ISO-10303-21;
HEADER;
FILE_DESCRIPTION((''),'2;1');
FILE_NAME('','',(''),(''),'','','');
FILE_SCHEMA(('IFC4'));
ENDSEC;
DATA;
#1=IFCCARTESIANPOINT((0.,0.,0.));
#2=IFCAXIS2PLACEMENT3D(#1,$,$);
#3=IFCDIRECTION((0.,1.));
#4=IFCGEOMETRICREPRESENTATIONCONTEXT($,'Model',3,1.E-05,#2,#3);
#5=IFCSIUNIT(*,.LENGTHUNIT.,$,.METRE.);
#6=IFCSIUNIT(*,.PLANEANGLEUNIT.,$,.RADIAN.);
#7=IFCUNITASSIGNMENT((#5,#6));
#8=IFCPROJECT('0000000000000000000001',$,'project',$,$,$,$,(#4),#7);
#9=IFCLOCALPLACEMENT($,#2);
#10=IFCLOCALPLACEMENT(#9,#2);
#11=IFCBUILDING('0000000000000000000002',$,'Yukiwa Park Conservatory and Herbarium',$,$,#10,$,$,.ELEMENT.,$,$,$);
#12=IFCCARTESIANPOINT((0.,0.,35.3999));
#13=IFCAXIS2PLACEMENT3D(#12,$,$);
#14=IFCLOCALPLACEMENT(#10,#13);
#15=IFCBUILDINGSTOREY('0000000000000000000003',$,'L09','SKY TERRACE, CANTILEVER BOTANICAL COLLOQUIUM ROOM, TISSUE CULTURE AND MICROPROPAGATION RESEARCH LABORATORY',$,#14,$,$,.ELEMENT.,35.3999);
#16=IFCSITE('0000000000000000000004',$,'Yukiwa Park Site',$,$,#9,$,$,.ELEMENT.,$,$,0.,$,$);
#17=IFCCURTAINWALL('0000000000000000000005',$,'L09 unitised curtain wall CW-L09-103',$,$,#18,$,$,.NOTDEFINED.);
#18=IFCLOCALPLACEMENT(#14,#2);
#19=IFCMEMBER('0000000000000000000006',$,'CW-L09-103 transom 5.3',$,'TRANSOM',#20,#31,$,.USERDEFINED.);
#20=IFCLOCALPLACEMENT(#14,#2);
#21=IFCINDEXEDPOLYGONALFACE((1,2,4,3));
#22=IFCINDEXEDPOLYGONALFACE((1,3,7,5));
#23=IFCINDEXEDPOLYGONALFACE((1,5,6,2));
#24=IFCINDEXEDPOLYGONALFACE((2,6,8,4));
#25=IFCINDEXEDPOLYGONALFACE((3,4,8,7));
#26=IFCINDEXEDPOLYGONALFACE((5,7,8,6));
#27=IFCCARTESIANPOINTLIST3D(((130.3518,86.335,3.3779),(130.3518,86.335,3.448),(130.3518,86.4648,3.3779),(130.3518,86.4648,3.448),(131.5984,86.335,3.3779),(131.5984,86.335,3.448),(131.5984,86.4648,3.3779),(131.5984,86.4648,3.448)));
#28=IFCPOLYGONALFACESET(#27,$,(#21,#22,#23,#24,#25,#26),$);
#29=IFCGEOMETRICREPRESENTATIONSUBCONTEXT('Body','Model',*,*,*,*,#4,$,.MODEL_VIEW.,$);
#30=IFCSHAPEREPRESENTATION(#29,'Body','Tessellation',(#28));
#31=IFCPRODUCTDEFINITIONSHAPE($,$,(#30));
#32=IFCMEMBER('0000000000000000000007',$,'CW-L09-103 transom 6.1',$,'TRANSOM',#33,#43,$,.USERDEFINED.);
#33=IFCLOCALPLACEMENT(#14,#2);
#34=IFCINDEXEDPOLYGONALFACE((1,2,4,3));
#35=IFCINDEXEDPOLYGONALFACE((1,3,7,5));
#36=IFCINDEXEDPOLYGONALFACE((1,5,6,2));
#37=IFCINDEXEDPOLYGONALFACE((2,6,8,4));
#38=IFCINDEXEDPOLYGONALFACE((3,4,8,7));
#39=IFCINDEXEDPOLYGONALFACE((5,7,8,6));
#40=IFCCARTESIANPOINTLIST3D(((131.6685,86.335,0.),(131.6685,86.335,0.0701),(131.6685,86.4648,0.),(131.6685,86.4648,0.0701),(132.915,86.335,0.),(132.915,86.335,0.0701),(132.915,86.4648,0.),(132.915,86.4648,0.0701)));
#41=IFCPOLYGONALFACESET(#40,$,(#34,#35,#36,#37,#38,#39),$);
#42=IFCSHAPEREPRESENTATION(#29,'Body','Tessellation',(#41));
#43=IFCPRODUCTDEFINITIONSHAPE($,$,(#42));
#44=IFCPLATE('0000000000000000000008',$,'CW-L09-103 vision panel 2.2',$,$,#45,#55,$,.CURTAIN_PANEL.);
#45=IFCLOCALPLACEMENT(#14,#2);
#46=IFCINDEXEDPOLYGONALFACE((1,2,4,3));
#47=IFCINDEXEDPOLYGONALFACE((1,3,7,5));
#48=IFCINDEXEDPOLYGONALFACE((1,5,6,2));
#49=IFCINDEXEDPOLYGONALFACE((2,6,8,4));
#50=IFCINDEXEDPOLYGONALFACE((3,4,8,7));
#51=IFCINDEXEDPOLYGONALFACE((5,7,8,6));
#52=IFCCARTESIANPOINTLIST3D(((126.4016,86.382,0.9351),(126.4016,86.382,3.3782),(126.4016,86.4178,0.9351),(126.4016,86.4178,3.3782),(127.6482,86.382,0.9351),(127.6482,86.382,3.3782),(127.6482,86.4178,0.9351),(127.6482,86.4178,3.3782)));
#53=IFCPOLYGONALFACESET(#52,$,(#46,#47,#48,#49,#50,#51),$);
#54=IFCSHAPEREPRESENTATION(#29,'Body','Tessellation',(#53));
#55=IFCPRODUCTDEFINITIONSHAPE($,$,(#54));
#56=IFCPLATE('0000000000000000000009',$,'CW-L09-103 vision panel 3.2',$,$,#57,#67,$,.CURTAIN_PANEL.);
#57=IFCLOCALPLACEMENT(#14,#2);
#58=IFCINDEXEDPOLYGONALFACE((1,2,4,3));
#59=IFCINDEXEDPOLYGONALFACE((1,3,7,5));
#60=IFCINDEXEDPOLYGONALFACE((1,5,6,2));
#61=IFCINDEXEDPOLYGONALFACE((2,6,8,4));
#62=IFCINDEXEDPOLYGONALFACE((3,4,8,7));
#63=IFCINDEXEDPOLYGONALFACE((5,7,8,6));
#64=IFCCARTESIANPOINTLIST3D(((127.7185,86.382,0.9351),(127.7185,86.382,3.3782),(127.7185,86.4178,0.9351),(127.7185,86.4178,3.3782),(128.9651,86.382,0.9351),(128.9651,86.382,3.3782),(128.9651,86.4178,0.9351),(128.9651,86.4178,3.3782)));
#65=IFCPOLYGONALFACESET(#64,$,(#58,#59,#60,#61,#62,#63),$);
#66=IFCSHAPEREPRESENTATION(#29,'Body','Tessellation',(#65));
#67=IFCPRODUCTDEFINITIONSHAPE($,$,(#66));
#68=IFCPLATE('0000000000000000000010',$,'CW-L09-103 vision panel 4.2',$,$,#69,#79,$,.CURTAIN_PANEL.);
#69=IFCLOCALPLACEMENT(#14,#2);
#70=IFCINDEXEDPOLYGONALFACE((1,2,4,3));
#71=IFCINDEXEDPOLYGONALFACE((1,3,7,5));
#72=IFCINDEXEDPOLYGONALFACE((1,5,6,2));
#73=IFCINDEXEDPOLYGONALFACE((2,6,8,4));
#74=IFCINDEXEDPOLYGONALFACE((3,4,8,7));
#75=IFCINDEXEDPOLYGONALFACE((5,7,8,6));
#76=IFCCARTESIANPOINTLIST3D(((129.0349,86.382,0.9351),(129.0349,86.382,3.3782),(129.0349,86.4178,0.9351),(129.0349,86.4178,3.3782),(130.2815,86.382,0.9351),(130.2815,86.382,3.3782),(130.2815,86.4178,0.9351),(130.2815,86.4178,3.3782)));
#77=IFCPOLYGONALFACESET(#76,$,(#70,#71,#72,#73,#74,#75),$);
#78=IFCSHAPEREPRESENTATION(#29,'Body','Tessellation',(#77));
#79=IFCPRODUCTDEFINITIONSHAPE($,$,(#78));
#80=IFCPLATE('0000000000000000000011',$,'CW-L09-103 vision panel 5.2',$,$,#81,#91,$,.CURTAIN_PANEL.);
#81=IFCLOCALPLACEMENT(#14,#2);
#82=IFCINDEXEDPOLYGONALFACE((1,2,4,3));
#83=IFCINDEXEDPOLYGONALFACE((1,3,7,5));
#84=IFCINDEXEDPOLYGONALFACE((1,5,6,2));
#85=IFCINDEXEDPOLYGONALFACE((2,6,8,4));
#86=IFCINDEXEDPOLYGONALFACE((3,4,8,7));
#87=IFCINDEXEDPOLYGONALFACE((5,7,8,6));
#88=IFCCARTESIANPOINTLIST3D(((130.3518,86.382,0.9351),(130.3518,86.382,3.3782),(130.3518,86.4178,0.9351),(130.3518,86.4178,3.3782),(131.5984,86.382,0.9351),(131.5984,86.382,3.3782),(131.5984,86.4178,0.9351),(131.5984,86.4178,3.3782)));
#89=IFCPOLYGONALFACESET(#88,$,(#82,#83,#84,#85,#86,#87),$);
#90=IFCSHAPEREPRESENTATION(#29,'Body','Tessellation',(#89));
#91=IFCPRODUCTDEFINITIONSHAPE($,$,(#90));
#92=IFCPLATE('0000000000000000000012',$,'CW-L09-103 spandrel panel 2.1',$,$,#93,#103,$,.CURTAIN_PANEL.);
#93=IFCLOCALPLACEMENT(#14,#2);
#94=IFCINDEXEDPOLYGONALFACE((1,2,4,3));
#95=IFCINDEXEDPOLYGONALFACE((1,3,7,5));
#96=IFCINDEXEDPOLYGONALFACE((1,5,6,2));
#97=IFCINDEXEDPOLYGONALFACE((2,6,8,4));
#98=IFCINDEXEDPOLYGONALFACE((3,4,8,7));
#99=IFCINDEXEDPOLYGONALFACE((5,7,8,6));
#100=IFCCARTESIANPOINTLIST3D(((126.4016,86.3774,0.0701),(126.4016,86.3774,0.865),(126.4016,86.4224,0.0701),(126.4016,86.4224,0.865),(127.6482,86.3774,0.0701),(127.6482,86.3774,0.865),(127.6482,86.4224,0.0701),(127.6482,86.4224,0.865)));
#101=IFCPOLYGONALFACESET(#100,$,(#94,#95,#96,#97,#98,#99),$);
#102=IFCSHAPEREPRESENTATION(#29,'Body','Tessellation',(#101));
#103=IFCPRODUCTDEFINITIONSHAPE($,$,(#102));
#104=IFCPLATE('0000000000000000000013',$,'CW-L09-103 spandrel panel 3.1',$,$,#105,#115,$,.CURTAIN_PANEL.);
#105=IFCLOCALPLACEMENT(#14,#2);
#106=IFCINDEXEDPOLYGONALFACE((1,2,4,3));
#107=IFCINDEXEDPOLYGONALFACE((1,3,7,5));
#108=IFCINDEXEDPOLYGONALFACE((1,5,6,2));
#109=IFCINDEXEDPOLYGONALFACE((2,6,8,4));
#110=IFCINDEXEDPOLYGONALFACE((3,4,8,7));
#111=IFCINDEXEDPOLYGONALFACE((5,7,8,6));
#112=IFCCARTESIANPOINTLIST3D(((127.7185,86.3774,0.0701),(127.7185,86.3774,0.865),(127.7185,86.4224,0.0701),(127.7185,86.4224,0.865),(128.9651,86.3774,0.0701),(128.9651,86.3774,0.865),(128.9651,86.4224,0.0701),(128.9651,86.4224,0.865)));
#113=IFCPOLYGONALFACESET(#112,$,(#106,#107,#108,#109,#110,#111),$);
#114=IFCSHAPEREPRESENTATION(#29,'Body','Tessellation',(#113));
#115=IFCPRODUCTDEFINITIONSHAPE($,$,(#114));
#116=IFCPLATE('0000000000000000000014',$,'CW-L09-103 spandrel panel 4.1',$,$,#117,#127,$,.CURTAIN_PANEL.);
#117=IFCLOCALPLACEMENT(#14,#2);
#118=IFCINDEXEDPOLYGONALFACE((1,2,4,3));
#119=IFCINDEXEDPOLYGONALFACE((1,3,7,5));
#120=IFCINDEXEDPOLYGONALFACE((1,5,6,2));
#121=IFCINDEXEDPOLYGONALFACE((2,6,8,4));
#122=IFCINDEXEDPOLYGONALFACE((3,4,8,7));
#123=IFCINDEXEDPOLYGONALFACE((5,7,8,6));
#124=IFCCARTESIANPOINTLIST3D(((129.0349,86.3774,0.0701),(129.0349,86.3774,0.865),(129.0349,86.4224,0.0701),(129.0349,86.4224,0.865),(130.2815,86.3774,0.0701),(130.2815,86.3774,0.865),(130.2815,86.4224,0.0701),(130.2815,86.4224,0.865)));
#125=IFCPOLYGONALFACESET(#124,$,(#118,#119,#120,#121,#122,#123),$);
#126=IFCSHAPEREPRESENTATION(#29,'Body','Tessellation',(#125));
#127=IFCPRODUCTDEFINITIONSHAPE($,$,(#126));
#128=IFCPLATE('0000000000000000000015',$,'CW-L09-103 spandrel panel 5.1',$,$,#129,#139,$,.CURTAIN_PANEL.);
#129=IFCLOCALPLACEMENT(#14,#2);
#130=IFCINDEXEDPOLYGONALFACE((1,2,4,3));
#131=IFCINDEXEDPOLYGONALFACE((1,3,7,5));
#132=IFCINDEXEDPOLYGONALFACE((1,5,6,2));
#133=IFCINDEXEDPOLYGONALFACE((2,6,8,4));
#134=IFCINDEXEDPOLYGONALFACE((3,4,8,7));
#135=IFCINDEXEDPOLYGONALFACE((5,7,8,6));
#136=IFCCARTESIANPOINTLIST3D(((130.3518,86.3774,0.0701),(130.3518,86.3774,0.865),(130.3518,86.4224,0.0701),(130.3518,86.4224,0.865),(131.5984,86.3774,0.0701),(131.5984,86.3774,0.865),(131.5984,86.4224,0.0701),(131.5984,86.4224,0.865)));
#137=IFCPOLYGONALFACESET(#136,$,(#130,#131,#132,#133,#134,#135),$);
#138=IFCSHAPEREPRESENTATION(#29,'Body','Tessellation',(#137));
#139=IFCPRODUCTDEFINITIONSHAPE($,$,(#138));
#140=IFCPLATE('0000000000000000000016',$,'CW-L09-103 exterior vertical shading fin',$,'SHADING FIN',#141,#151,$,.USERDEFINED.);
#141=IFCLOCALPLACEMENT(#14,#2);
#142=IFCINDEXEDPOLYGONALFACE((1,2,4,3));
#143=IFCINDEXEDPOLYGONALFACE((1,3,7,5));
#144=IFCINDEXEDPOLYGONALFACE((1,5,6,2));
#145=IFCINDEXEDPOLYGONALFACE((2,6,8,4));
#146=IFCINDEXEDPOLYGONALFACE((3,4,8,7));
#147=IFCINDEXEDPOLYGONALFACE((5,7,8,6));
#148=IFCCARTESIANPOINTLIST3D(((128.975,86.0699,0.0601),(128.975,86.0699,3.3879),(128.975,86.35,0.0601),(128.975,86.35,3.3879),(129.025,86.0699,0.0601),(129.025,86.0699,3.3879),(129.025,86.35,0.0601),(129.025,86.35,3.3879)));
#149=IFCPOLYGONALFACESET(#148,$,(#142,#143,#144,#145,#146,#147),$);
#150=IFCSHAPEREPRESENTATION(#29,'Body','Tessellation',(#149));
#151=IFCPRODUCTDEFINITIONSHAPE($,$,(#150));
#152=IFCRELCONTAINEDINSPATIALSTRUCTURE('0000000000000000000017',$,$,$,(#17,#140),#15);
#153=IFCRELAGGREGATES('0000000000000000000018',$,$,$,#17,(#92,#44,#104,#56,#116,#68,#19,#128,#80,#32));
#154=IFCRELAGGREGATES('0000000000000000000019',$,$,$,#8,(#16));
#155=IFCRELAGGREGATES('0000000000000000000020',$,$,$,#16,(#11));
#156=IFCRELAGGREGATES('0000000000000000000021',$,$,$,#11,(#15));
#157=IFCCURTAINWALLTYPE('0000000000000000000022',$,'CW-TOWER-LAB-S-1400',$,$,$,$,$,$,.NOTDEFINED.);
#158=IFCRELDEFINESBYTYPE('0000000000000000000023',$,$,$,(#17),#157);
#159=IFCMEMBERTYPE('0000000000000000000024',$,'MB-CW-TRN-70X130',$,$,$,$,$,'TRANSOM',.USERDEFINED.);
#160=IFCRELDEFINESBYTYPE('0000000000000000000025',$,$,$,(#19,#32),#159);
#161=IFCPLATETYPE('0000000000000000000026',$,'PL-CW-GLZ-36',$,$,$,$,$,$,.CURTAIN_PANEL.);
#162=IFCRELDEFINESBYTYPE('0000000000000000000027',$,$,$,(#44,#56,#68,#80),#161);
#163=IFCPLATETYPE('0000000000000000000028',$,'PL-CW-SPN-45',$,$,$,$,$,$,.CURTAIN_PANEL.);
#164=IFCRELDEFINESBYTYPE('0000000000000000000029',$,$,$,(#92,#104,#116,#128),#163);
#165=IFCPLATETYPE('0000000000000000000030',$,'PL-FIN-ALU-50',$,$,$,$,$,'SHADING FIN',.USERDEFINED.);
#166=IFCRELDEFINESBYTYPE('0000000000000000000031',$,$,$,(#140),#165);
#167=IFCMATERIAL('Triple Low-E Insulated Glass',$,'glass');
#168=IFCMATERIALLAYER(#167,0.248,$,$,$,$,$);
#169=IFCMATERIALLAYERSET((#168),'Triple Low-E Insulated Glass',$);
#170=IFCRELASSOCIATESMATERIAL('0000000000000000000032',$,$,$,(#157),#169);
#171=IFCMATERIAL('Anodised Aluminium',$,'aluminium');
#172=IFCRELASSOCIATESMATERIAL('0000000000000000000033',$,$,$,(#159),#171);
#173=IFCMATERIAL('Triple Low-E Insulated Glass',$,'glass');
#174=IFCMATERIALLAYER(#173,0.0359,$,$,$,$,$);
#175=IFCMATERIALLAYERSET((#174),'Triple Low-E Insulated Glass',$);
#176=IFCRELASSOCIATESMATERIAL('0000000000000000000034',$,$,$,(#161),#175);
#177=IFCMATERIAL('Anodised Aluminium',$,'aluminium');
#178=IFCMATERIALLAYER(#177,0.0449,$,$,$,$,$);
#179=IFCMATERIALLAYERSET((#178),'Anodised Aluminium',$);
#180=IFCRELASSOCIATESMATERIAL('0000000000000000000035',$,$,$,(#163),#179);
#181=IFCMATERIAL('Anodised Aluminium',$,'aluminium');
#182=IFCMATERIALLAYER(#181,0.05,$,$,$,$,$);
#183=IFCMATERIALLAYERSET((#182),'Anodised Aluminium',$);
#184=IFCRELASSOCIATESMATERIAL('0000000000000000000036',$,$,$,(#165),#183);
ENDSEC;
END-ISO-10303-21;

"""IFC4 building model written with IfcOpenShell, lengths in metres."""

from ifc_helpers import new_model, si_unit, direction, frame, origin, origin_2d, place, context, subcontext, project, spatial, rectangle, extrude, material, layer, layer_set, type_object, element, aggregate, save


model = new_model("IFC4")

# Units and contexts
model_context = context("Model", 3, precision=1e-05, world=origin(), true_north=direction((0.0, 1.0)))
body_context = subcontext(model_context, "Body", "Model", "MODEL_VIEW")
ifc_project = project(units=[si_unit("LENGTHUNIT", "METRE"), si_unit("PLANEANGLEUNIT", "RADIAN")], contexts=[model_context])

# Site, building, storey
site_placement = place(None, origin())
site = spatial("IfcSite", under=ifc_project, at=site_placement, Name="Yukiwa Park Site", CompositionType="ELEMENT", RefElevation=0.0)
building_placement = place(site_placement, origin())
building = spatial("IfcBuilding", under=site, at=building_placement, Name="Yukiwa Park Conservatory and Herbarium", CompositionType="ELEMENT")
storey_placement = place(building_placement, frame((0.0, 0.0, 35.3999)))
storey = spatial("IfcBuildingStorey", under=building, at=storey_placement, Name="L09", Description="SKY TERRACE, CANTILEVER BOTANICAL COLLOQUIUM ROOM, TISSUE CULTURE AND MICROPROPAGATION RESEARCH LABORATORY", CompositionType="ELEMENT", Elevation=35.3999)

# Curtain wall, members, plates
ifc_material_1 = material(Name="Triple Low-E Insulated Glass", Category="glass")
ifc_layer_1 = layer(ifc_material_1, 0.248)
ifc_layer_set_1 = layer_set([ifc_layer_1], Name="Triple Low-E Insulated Glass")
curtain_wall_type = type_object("IfcCurtainWallType", Name="CW-TOWER-LAB-S-1400", PredefinedType="NOTDEFINED", material=ifc_layer_set_1)
curtain_wall_placement = place(storey_placement, origin())
curtain_wall = element("IfcCurtainWall", 1, at=curtain_wall_placement, inside=storey, type_object=curtain_wall_type, Name="L09 unitised curtain wall CW-L09-103", PredefinedType="NOTDEFINED")
ifc_material_2 = material(Name="Anodised Aluminium", Category="aluminium")
member_type_1 = type_object("IfcMemberType", Name="MB-CW-TRN-70X130", ElementType="TRANSOM", PredefinedType="USERDEFINED", material=ifc_material_2)
member_1_placement = place(storey_placement, frame((130.9751, 86.3999, 3.3779), z_axis=(0.0, 0.0, 1.0), x_axis=(1.0, 0.0, 0.0)))
member_1 = element("IfcMember", 2, at=member_1_placement, type_object=member_type_1, Name="CW-L09-103 transom 5.3", ObjectType="TRANSOM", PredefinedType="USERDEFINED", context=body_context, shape_type="SweptSolid", body=[
    extrude(rectangle(XDim=1.2466, YDim=0.1299, at=origin_2d()), origin(), (0.0, 0.0, 1.0), 0.0701),
])
member_2_placement = place(storey_placement, frame((132.2917, 86.3999, 0.0), z_axis=(0.0, 0.0, 1.0), x_axis=(1.0, 0.0, 0.0)))
member_2 = element("IfcMember", 3, at=member_2_placement, type_object=member_type_1, Name="CW-L09-103 transom 6.1", ObjectType="TRANSOM", PredefinedType="USERDEFINED", context=body_context, shape_type="SweptSolid", body=[
    extrude(rectangle(XDim=1.2466, YDim=0.1299, at=origin_2d()), origin(), (0.0, 0.0, 1.0), 0.0701),
])
ifc_material_3 = material(Name="Triple Low-E Insulated Glass", Category="glass")
ifc_layer_2 = layer(ifc_material_3, 0.0359)
ifc_layer_set_2 = layer_set([ifc_layer_2], Name="Triple Low-E Insulated Glass")
plate_type_1 = type_object("IfcPlateType", Name="PL-CW-GLZ-36", PredefinedType="CURTAIN_PANEL", material=ifc_layer_set_2)
plate_1_placement = place(storey_placement, frame((127.0249, 86.3999, 0.9351), z_axis=(0.0, 0.0, 1.0), x_axis=(1.0, 0.0, 0.0)))
plate_1 = element("IfcPlate", 4, at=plate_1_placement, type_object=plate_type_1, Name="CW-L09-103 vision panel 2.2", PredefinedType="CURTAIN_PANEL", context=body_context, shape_type="SweptSolid", body=[
    extrude(rectangle(XDim=1.2466, YDim=0.0359, at=origin_2d()), origin(), (0.0, 0.0, 1.0), 2.4431),
])
plate_2_placement = place(storey_placement, frame((128.3418, 86.3999, 0.9351), z_axis=(0.0, 0.0, 1.0), x_axis=(1.0, 0.0, 0.0)))
plate_2 = element("IfcPlate", 5, at=plate_2_placement, type_object=plate_type_1, Name="CW-L09-103 vision panel 3.2", PredefinedType="CURTAIN_PANEL", context=body_context, shape_type="SweptSolid", body=[
    extrude(rectangle(XDim=1.2466, YDim=0.0359, at=origin_2d()), origin(), (0.0, 0.0, 1.0), 2.4431),
])
plate_3_placement = place(storey_placement, frame((129.6582, 86.3999, 0.9351), z_axis=(0.0, 0.0, 1.0), x_axis=(1.0, 0.0, 0.0)))
plate_3 = element("IfcPlate", 6, at=plate_3_placement, type_object=plate_type_1, Name="CW-L09-103 vision panel 4.2", PredefinedType="CURTAIN_PANEL", context=body_context, shape_type="SweptSolid", body=[
    extrude(rectangle(XDim=1.2466, YDim=0.0359, at=origin_2d()), origin(), (0.0, 0.0, 1.0), 2.4431),
])
plate_4_placement = place(storey_placement, frame((130.9751, 86.3999, 0.9351), z_axis=(0.0, 0.0, 1.0), x_axis=(1.0, 0.0, 0.0)))
plate_4 = element("IfcPlate", 7, at=plate_4_placement, type_object=plate_type_1, Name="CW-L09-103 vision panel 5.2", PredefinedType="CURTAIN_PANEL", context=body_context, shape_type="SweptSolid", body=[
    extrude(rectangle(XDim=1.2466, YDim=0.0359, at=origin_2d()), origin(), (0.0, 0.0, 1.0), 2.4431),
])
ifc_material_4 = material(Name="Anodised Aluminium", Category="aluminium")
ifc_layer_3 = layer(ifc_material_4, 0.0449)
ifc_layer_set_3 = layer_set([ifc_layer_3], Name="Anodised Aluminium")
plate_type_2 = type_object("IfcPlateType", Name="PL-CW-SPN-45", PredefinedType="CURTAIN_PANEL", material=ifc_layer_set_3)
plate_5_placement = place(storey_placement, frame((127.0249, 86.3999, 0.0701), z_axis=(0.0, 0.0, 1.0), x_axis=(1.0, 0.0, 0.0)))
plate_5 = element("IfcPlate", 8, at=plate_5_placement, type_object=plate_type_2, Name="CW-L09-103 spandrel panel 2.1", PredefinedType="CURTAIN_PANEL", context=body_context, shape_type="SweptSolid", body=[
    extrude(rectangle(XDim=1.2466, YDim=0.0449, at=origin_2d()), origin(), (0.0, 0.0, 1.0), 0.7949),
])
plate_6_placement = place(storey_placement, frame((128.3418, 86.3999, 0.0701), z_axis=(0.0, 0.0, 1.0), x_axis=(1.0, 0.0, 0.0)))
plate_6 = element("IfcPlate", 9, at=plate_6_placement, type_object=plate_type_2, Name="CW-L09-103 spandrel panel 3.1", PredefinedType="CURTAIN_PANEL", context=body_context, shape_type="SweptSolid", body=[
    extrude(rectangle(XDim=1.2466, YDim=0.0449, at=origin_2d()), origin(), (0.0, 0.0, 1.0), 0.7949),
])
plate_7_placement = place(storey_placement, frame((129.6582, 86.3999, 0.0701), z_axis=(0.0, 0.0, 1.0), x_axis=(1.0, 0.0, 0.0)))
plate_7 = element("IfcPlate", 10, at=plate_7_placement, type_object=plate_type_2, Name="CW-L09-103 spandrel panel 4.1", PredefinedType="CURTAIN_PANEL", context=body_context, shape_type="SweptSolid", body=[
    extrude(rectangle(XDim=1.2466, YDim=0.0449, at=origin_2d()), origin(), (0.0, 0.0, 1.0), 0.7949),
])
plate_8_placement = place(storey_placement, frame((130.9751, 86.3999, 0.0701), z_axis=(0.0, 0.0, 1.0), x_axis=(1.0, 0.0, 0.0)))
plate_8 = element("IfcPlate", 11, at=plate_8_placement, type_object=plate_type_2, Name="CW-L09-103 spandrel panel 5.1", PredefinedType="CURTAIN_PANEL", context=body_context, shape_type="SweptSolid", body=[
    extrude(rectangle(XDim=1.2466, YDim=0.0449, at=origin_2d()), origin(), (0.0, 0.0, 1.0), 0.7949),
])
aggregate(curtain_wall, [plate_5, plate_1, plate_6, plate_2, plate_7, plate_3, member_1, plate_8, plate_4, member_2])

# Plate
ifc_material_5 = material(Name="Anodised Aluminium", Category="aluminium")
ifc_layer_4 = layer(ifc_material_5, 0.05)
ifc_layer_set_4 = layer_set([ifc_layer_4], Name="Anodised Aluminium")
plate_type_3 = type_object("IfcPlateType", Name="PL-FIN-ALU-50", ElementType="SHADING FIN", PredefinedType="USERDEFINED", material=ifc_layer_set_4)
plate_9_placement = place(storey_placement, frame((129.0, 86.21, 0.0601), z_axis=(0.0, 0.0, 1.0), x_axis=(1.0, 0.0, 0.0)))
element("IfcPlate", 12, at=plate_9_placement, inside=storey, type_object=plate_type_3, Name="CW-L09-103 exterior vertical shading fin", ObjectType="SHADING FIN", PredefinedType="USERDEFINED", context=body_context, shape_type="SweptSolid", body=[
    extrude(rectangle(XDim=0.05, YDim=0.28, at=origin_2d()), origin(), (0.0, 0.0, 1.0), 3.3279),
])

save(model, "model.ifc")
